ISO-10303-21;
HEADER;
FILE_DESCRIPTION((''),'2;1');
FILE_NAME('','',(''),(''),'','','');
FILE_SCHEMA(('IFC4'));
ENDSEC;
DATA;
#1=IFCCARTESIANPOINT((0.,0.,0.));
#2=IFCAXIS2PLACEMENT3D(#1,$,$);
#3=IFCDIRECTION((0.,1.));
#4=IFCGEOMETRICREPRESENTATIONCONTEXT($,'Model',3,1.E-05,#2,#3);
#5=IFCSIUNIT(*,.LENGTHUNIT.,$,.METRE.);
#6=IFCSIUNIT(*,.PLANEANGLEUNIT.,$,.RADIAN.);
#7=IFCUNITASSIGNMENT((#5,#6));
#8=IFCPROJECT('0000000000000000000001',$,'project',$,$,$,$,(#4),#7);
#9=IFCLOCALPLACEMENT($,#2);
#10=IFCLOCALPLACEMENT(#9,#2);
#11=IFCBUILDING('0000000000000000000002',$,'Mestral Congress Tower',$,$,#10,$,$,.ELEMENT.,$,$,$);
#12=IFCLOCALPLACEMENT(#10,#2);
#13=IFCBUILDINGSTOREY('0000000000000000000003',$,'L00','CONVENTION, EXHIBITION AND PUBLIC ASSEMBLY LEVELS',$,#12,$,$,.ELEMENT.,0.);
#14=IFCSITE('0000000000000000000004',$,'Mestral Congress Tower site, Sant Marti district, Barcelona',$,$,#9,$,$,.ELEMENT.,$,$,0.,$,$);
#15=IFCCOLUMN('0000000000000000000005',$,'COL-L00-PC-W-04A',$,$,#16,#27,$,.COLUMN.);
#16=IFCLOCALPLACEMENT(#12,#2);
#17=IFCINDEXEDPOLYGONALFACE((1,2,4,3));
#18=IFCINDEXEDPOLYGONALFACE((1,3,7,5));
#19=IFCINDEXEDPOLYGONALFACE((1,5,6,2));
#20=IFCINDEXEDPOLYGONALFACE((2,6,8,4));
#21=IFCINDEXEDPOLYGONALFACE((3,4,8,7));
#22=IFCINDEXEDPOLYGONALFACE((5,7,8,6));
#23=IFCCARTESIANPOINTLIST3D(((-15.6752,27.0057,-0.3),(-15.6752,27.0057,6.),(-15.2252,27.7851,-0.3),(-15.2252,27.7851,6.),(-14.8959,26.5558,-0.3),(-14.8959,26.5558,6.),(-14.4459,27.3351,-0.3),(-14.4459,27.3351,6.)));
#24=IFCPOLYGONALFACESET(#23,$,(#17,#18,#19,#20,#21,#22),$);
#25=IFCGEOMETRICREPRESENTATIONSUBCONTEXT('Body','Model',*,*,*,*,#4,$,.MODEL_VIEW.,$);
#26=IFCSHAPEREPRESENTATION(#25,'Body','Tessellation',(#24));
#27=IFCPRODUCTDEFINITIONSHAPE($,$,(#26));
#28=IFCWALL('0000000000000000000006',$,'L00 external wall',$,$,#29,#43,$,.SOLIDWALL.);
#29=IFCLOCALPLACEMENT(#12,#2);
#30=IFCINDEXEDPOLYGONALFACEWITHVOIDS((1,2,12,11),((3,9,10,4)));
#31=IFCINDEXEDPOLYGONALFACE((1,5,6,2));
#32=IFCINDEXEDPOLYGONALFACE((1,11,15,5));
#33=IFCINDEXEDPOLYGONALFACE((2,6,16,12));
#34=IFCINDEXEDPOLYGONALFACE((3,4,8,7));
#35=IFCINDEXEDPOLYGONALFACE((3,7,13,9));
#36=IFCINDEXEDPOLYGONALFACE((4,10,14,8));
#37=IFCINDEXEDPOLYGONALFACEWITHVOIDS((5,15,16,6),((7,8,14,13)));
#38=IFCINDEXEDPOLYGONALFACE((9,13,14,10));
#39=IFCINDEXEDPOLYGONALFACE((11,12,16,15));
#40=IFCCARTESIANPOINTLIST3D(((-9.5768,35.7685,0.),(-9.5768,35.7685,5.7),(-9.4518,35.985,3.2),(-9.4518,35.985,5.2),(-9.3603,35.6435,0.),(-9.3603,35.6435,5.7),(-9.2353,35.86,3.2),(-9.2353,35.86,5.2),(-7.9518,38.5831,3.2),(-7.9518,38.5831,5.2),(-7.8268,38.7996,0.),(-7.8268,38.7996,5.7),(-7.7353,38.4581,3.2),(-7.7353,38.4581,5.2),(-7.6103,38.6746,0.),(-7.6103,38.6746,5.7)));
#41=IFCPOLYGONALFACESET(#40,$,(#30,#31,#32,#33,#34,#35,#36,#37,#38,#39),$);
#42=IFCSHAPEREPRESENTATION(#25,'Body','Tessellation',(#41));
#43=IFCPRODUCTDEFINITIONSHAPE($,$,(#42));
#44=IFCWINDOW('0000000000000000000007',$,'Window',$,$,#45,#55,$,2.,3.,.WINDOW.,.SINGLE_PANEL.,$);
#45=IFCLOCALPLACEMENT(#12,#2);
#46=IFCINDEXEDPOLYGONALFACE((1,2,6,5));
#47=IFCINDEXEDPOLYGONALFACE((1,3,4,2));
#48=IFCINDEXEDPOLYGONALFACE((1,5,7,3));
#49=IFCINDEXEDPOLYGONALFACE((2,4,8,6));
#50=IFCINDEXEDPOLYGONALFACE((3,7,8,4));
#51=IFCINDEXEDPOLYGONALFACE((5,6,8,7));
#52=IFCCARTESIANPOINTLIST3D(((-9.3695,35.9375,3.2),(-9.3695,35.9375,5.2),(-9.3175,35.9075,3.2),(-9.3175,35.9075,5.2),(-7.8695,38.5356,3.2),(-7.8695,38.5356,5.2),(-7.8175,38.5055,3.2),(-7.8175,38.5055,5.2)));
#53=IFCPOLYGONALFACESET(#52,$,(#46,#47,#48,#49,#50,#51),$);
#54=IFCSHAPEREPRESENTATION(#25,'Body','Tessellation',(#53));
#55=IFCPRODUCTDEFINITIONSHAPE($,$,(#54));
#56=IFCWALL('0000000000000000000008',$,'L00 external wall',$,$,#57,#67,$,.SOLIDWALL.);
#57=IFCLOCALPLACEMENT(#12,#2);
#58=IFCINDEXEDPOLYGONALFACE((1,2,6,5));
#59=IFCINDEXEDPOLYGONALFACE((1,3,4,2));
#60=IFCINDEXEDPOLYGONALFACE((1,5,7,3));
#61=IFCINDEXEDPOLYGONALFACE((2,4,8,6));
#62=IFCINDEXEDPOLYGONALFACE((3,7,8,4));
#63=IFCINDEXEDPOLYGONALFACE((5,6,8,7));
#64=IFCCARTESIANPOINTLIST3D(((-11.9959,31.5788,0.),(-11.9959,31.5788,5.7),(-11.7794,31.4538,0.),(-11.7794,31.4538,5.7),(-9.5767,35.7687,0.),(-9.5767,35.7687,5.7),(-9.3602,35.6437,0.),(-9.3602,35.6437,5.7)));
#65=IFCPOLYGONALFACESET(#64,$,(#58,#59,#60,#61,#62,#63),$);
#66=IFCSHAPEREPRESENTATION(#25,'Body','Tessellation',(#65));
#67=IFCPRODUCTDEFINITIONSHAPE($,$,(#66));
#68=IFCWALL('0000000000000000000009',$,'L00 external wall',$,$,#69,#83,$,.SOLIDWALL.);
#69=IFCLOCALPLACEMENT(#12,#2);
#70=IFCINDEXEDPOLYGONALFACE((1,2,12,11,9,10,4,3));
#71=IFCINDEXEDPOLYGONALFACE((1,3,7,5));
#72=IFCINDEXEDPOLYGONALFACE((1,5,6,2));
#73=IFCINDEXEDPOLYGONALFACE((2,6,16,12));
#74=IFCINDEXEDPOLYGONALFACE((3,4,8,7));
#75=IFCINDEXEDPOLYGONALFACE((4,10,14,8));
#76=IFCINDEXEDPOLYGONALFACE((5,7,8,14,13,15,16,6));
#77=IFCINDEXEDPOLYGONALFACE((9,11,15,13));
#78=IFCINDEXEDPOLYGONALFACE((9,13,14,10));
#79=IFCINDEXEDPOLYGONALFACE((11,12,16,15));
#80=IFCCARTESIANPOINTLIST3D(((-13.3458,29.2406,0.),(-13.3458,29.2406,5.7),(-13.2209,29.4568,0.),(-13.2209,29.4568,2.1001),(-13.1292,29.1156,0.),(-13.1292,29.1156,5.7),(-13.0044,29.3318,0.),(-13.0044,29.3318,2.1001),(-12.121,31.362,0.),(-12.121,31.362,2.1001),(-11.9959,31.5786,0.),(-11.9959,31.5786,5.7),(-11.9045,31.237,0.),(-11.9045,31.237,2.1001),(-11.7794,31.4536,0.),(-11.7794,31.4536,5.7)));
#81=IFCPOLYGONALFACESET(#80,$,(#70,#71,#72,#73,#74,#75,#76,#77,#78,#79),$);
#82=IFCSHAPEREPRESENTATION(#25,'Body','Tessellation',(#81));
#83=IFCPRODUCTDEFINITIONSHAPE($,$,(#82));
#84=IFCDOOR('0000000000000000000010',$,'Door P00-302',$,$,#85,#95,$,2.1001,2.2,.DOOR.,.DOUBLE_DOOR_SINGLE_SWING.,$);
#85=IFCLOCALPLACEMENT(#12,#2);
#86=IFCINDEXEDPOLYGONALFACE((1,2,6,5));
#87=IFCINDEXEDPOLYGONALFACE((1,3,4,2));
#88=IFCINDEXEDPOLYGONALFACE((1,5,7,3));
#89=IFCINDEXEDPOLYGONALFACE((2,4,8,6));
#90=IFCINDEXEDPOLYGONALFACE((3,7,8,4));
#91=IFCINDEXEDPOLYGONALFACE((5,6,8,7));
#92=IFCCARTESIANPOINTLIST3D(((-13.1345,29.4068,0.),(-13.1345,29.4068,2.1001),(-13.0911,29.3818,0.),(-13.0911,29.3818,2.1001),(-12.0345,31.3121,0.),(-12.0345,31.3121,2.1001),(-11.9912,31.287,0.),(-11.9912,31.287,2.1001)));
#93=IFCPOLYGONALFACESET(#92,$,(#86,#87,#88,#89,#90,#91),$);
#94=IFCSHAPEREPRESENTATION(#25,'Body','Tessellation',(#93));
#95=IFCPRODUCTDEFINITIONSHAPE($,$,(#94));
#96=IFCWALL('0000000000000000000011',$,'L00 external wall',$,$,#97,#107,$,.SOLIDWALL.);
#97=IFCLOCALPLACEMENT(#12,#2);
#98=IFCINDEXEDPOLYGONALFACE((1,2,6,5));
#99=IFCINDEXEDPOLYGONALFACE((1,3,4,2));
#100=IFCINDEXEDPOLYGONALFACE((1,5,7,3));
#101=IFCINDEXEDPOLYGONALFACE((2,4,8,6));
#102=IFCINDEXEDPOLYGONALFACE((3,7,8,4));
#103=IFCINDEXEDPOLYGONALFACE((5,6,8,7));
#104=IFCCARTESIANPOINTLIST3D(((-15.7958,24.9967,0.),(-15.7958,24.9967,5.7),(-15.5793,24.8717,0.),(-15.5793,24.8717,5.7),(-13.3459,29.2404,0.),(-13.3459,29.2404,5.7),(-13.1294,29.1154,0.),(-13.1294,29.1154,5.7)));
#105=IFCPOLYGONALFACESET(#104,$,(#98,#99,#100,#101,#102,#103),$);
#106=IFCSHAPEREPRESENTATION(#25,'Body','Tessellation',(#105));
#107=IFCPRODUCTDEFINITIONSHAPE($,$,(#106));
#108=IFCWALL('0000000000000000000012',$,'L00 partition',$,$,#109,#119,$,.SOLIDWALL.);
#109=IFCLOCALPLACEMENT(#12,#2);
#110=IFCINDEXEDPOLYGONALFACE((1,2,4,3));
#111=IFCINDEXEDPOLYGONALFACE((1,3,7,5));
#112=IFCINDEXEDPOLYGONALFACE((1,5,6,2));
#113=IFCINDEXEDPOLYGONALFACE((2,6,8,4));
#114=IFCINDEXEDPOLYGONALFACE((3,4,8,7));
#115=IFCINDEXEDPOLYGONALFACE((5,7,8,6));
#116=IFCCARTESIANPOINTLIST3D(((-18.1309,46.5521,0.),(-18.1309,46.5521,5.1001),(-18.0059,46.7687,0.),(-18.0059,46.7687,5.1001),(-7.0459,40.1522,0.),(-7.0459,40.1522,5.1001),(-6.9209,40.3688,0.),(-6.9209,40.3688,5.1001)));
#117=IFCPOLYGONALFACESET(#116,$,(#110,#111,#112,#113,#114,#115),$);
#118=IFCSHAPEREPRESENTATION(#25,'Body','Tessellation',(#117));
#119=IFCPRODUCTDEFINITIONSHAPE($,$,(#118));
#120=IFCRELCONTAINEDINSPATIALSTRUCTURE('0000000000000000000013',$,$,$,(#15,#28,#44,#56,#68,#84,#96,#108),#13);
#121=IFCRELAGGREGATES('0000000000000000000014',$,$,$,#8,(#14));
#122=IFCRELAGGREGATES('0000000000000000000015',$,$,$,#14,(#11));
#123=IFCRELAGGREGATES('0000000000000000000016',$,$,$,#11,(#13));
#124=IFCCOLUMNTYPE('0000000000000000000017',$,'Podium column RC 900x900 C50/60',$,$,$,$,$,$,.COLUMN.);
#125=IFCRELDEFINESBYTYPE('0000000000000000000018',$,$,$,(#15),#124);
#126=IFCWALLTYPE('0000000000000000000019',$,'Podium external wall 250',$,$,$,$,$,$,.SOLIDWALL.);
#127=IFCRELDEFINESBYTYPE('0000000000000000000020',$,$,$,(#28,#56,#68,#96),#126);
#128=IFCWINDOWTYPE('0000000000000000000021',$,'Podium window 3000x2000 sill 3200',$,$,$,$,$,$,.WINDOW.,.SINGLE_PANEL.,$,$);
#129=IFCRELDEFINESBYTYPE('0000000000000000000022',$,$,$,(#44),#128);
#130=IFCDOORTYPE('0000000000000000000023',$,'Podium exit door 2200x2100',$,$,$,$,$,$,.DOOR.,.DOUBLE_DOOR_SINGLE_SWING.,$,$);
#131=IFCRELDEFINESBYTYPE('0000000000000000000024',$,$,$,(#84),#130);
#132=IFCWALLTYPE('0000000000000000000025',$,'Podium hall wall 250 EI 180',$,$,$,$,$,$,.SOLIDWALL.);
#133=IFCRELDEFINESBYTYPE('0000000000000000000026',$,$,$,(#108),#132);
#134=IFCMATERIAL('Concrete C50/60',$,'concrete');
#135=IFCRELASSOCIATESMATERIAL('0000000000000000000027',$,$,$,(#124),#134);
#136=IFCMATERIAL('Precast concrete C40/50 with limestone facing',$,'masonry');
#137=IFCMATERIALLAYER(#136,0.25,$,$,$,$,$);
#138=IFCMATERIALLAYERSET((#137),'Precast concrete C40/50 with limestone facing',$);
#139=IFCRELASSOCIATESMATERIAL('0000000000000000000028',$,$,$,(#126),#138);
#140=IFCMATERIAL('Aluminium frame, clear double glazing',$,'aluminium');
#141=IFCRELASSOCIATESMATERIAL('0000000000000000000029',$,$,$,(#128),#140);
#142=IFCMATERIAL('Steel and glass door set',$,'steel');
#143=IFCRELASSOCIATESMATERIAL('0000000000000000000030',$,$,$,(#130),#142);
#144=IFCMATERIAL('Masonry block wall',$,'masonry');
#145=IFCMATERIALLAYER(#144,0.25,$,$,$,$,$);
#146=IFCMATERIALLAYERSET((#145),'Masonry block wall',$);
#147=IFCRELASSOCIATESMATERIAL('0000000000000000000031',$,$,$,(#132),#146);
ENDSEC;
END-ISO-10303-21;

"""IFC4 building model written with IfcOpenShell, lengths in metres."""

from ifc_helpers import new_model, si_unit, direction, frame, frame_2d, origin, origin_2d, place, context, subcontext, project, spatial, rectangle, extrude, material, layer, layer_set, material_profile, profile_set, type_object, element, fill, save


model = new_model("IFC4")

# Units and contexts
model_context = context("Model", 3, precision=1e-05, world=origin(), true_north=direction((0.0, 1.0)))
body_context = subcontext(model_context, "Body", "Model", "MODEL_VIEW")
ifc_project = project(units=[si_unit("LENGTHUNIT", "METRE"), si_unit("PLANEANGLEUNIT", "RADIAN")], contexts=[model_context])

# Site, building, storey
site_placement = place(None, origin())
site = spatial("IfcSite", under=ifc_project, at=site_placement, Name="Mestral Congress Tower site, Sant Marti district, Barcelona", CompositionType="ELEMENT", RefElevation=0.0)
building_placement = place(site_placement, origin())
building = spatial("IfcBuilding", under=site, at=building_placement, Name="Mestral Congress Tower", CompositionType="ELEMENT")
storey_placement = place(building_placement, origin())
storey = spatial("IfcBuildingStorey", under=building, at=storey_placement, Name="L00", Description="CONVENTION, EXHIBITION AND PUBLIC ASSEMBLY LEVELS", CompositionType="ELEMENT", Elevation=0.0)

# Column
ifc_material_1 = material(Name="Concrete C50/60", Category="concrete")
ifc_material_profile_1 = material_profile(ifc_material_1, rectangle(XDim=0.8999, YDim=0.8999, at=origin_2d()), Name="RC 900x900")
ifc_profile_set_1 = profile_set([ifc_material_profile_1], Name="Concrete C50/60")
column_type_1 = type_object("IfcColumnType", Name="Podium column RC 900x900 C50/60", PredefinedType="COLUMN", material=ifc_profile_set_1)
for number, where, z_axis, x_axis, name in (
    (1, (-15.0605, 27.1704, -0.3), (0.0, 0.0, 1.0), (-0.5, -0.866025, 0.0), "COL-L00-PC-W-04A"),
):
    element("IfcColumn", number, at=place(storey_placement, frame(where, z_axis=z_axis, x_axis=x_axis)), inside=storey, type_object=column_type_1, Name=name, PredefinedType="COLUMN", context=body_context, shape_type="SweptSolid", body=[
        extrude(rectangle(XDim=0.8999, YDim=0.8999, at=origin_2d()), origin(), (0.0, 0.0, 1.0), 6.3),
    ])

# Wall, opening, window
ifc_material_2 = material(Name="Precast concrete C40/50 with limestone facing", Category="masonry")
ifc_layer_1 = layer(ifc_material_2, 0.25)
ifc_layer_set_1 = layer_set([ifc_layer_1], Name="Precast concrete C40/50 with limestone facing")
wall_type_1 = type_object("IfcWallType", Name="Podium external wall 250", PredefinedType="SOLIDWALL", material=ifc_layer_set_1)
wall_1_placement = place(storey_placement, frame((-7.7185, 38.7371, 0.0), z_axis=(0.0, 0.0, 1.0), x_axis=(-0.50001, -0.866019, 0.0)))
wall_1 = element("IfcWall", 2, at=wall_1_placement, inside=storey, type_object=wall_type_1, Name="L00 external wall", PredefinedType="SOLIDWALL", context=body_context, shape_type="SweptSolid", body=[
    extrude(rectangle(XDim=3.5, YDim=0.25, at=frame_2d((1.75, 0.0))), origin(), (0.0, 0.0, 1.0), 5.7),
])
opening_1_placement = place(wall_1_placement, frame((0.25, 0.0, 3.2)))
opening_1 = element("IfcOpeningElement", 3, at=opening_1_placement, cuts=wall_1, PredefinedType="OPENING", context=body_context, shape_type="SweptSolid", body=[
    extrude(rectangle(XDim=3.0, YDim=2.0, at=frame_2d((1.5, 1.0))), frame((0.0, 0.135, 0.0), z_axis=(0.0, -1.0, 0.0), x_axis=(1.0, 0.0, 0.0)), (0.0, 0.0, 1.0), 0.27),
])
ifc_material_3 = material(Name="Aluminium frame, clear double glazing", Category="aluminium")
window_type = type_object("IfcWindowType", Name="Podium window 3000x2000 sill 3200", PartitioningType="SINGLE_PANEL", PredefinedType="WINDOW", material=ifc_material_3)
window_placement = place(opening_1_placement, origin())
window = element("IfcWindow", 4, at=window_placement, inside=storey, type_object=window_type, Name="Window", OverallHeight=2.0, OverallWidth=3.0, PartitioningType="SINGLE_PANEL", PredefinedType="WINDOW", context=body_context, shape_type="SweptSolid", body=[
    extrude(rectangle(XDim=3.0, YDim=2.0, at=frame_2d((1.5, 1.0))), frame((0.0, 0.03, 0.0), z_axis=(0.0, -1.0, 0.0), x_axis=(1.0, 0.0, 0.0)), (0.0, 0.0, 1.0), 0.0601),
])
fill(opening_1, window)

# Wall
wall_2_placement = place(storey_placement, frame((-9.4685, 35.7061, 0.0), z_axis=(0.0, 0.0, 1.0), x_axis=(-0.500019, -0.866014, 0.0)))
element("IfcWall", 5, at=wall_2_placement, inside=storey, type_object=wall_type_1, Name="L00 external wall", PredefinedType="SOLIDWALL", context=body_context, shape_type="SweptSolid", body=[
    extrude(rectangle(XDim=4.8381, YDim=0.25, at=frame_2d((2.4189, 0.0))), origin(), (0.0, 0.0, 1.0), 5.7),
])

# Wall, opening, door
wall_3_placement = place(storey_placement, frame((-11.8877, 31.5161, 0.0), z_axis=(0.0, 0.0, 1.0), x_axis=(-0.499981, -0.866037, 0.0)))
wall_3 = element("IfcWall", 6, at=wall_3_placement, inside=storey, type_object=wall_type_1, Name="L00 external wall", PredefinedType="SOLIDWALL", context=body_context, shape_type="SweptSolid", body=[
    extrude(rectangle(XDim=2.6997, YDim=0.25, at=frame_2d((1.3499, 0.0))), origin(), (0.0, 0.0, 1.0), 5.7),
])
opening_2_placement = place(wall_3_placement, frame((0.25, 0.0, 0.0)))
opening_2 = element("IfcOpeningElement", 7, at=opening_2_placement, cuts=wall_3, PredefinedType="OPENING", context=body_context, shape_type="SweptSolid", body=[
    extrude(rectangle(XDim=2.2, YDim=2.1001, at=frame_2d((1.1001, 1.05))), frame((0.0, 0.135, 0.0), z_axis=(0.0, -1.0, 0.0), x_axis=(1.0, 0.0, 0.0)), (0.0, 0.0, 1.0), 0.27),
])
ifc_material_4 = material(Name="Steel and glass door set", Category="steel")
door_type = type_object("IfcDoorType", Name="Podium exit door 2200x2100", OperationType="DOUBLE_DOOR_SINGLE_SWING", PredefinedType="DOOR", material=ifc_material_4)
door_placement = place(opening_2_placement, origin())
door = element("IfcDoor", 8, at=door_placement, inside=storey, type_object=door_type, Name="Door P00-302", OperationType="DOUBLE_DOOR_SINGLE_SWING", OverallHeight=2.1001, OverallWidth=2.2, PredefinedType="DOOR", context=body_context, shape_type="SweptSolid", body=[
    extrude(rectangle(XDim=2.2, YDim=2.1001, at=frame_2d((1.1001, 1.05))), frame((0.0, 0.0249, 0.0), z_axis=(0.0, -1.0, 0.0), x_axis=(1.0, 0.0, 0.0)), (0.0, 0.0, 1.0), 0.05),
])
fill(opening_2, door)

# Walls
wall_4_placement = place(storey_placement, frame((-13.2375, 29.178, 0.0), z_axis=(0.0, 0.0, 1.0), x_axis=(-0.499981, -0.866036, 0.0)))
element("IfcWall", 9, at=wall_4_placement, inside=storey, type_object=wall_type_1, Name="L00 external wall", PredefinedType="SOLIDWALL", context=body_context, shape_type="SweptSolid", body=[
    extrude(rectangle(XDim=4.9001, YDim=0.25, at=frame_2d((2.4502, 0.0))), origin(), (0.0, 0.0, 1.0), 5.7),
])
ifc_material_5 = material(Name="Masonry block wall", Category="masonry")
ifc_layer_2 = layer(ifc_material_5, 0.25)
ifc_layer_set_2 = layer_set([ifc_layer_2], Name="Masonry block wall")
wall_type_2 = type_object("IfcWallType", Name="Podium hall wall 250 EI 180", PredefinedType="SOLIDWALL", material=ifc_layer_set_2)
wall_5_placement = place(storey_placement, frame((-6.9834, 40.2605, 0.0), z_axis=(0.0, 0.0, 1.0), x_axis=(-0.866025, 0.5, 0.0)))
element("IfcWall", 10, at=wall_5_placement, inside=storey, type_object=wall_type_2, Name="L00 partition", PredefinedType="SOLIDWALL", context=body_context, shape_type="SweptSolid", body=[
    extrude(rectangle(XDim=12.7998, YDim=0.25, at=frame_2d((6.3999, 0.0))), origin(), (0.0, 0.0, 1.0), 5.1001),
])

save(model, "model.ifc")
